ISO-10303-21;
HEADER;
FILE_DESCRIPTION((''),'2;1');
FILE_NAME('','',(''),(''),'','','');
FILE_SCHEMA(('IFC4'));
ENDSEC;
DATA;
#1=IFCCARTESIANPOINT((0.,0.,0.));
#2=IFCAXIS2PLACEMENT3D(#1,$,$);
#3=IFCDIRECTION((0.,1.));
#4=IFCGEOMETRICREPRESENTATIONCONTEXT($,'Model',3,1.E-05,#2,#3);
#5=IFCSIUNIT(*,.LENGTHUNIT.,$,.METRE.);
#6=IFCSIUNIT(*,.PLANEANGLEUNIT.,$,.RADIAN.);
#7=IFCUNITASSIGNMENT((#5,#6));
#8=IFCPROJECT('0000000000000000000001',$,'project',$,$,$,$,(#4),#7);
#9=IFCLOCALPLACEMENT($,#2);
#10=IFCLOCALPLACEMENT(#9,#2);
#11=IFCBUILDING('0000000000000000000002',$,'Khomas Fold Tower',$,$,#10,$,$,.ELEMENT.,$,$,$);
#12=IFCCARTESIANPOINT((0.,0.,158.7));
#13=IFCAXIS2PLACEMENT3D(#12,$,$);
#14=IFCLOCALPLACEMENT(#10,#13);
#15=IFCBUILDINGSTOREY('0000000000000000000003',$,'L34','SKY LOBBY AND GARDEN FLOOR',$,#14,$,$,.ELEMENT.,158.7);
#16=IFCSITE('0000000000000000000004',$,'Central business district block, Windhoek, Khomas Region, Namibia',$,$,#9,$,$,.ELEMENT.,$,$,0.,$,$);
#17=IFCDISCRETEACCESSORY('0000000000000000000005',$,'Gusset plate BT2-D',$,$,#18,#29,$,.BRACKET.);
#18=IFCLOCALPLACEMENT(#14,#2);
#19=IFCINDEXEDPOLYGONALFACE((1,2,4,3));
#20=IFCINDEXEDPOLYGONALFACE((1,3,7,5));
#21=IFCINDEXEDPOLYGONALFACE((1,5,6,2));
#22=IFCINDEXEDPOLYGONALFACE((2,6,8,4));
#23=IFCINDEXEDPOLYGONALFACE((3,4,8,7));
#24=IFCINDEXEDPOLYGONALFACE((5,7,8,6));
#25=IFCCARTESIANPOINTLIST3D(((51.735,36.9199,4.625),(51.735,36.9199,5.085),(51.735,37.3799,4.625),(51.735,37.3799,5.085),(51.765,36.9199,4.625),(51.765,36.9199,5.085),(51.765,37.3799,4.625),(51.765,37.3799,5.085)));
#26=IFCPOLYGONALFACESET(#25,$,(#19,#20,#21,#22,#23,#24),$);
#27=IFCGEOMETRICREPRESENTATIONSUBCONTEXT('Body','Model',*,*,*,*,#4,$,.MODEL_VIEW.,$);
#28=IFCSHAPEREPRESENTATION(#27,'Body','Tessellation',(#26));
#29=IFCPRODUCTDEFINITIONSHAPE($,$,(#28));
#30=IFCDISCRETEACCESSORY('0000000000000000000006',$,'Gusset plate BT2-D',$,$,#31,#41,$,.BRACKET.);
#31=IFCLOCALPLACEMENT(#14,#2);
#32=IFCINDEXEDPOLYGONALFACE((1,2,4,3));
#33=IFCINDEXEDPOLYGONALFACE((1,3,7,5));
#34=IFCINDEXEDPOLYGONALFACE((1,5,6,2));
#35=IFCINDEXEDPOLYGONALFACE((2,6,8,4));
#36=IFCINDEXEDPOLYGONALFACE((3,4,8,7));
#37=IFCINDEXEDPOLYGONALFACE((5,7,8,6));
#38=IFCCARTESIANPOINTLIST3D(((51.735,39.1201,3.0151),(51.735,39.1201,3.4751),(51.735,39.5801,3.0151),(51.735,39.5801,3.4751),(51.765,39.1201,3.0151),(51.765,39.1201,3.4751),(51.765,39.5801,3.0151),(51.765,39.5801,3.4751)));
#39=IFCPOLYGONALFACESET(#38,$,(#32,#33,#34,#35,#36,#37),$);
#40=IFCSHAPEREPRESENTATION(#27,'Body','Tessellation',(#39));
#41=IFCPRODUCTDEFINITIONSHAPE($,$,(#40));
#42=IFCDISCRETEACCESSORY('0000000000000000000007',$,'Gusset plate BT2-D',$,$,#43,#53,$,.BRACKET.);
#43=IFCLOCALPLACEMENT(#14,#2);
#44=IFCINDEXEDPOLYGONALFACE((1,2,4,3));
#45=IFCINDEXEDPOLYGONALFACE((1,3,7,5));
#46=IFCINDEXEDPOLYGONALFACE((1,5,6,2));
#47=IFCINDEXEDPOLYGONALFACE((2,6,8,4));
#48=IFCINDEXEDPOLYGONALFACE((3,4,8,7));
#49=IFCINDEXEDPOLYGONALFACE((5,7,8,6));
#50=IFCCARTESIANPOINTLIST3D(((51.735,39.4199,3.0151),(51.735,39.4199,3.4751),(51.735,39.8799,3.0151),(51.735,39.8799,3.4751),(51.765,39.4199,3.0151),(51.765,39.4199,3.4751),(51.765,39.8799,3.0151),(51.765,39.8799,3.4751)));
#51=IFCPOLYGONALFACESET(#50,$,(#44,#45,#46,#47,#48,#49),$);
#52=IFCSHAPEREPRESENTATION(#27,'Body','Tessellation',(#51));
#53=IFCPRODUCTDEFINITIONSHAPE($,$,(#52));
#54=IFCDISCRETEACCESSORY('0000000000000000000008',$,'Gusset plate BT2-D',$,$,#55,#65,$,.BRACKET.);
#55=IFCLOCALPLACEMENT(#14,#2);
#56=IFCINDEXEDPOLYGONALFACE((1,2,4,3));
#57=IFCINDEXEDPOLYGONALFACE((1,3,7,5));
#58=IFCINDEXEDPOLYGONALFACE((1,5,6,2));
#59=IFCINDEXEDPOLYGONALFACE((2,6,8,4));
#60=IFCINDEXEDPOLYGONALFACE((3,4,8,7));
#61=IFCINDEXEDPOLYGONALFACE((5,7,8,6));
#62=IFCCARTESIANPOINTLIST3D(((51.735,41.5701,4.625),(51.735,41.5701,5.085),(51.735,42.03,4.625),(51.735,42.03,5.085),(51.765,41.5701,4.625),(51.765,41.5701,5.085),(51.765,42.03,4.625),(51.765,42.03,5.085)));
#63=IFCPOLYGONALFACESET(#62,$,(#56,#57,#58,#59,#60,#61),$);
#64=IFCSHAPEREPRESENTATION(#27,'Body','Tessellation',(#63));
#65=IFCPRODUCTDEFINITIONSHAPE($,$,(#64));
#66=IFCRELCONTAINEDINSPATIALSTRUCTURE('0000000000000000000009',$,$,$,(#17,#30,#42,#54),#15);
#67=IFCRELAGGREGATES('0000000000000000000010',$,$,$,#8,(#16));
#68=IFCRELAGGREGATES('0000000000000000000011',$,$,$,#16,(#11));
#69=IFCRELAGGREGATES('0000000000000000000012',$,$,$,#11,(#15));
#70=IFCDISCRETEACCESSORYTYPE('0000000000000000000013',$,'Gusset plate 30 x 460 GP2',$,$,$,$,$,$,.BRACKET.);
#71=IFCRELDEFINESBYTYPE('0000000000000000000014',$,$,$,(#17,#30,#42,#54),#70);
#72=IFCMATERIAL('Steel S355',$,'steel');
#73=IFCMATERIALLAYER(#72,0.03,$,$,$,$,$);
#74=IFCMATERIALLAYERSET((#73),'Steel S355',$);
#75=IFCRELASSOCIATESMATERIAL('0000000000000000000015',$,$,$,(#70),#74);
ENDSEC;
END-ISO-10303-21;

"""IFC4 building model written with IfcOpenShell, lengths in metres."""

from ifc_helpers import new_model, si_unit, direction, frame, origin, origin_2d, place, context, subcontext, project, spatial, rectangle, extrude, source, transform, mapped, material, layer, layer_set, type_object, element, save


model = new_model("IFC4")

# Units and contexts
model_context = context("Model", 3, precision=1e-05, world=origin(), true_north=direction((0.0, 1.0)))
body_context = subcontext(model_context, "Body", "Model", "MODEL_VIEW")
ifc_project = project(units=[si_unit("LENGTHUNIT", "METRE"), si_unit("PLANEANGLEUNIT", "RADIAN")], contexts=[model_context])

# Site, building, storey
site_placement = place(None, origin())
site = spatial("IfcSite", under=ifc_project, at=site_placement, Name="Central business district block, Windhoek, Khomas Region, Namibia", CompositionType="ELEMENT", RefElevation=0.0)
building_placement = place(site_placement, origin())
building = spatial("IfcBuilding", under=site, at=building_placement, Name="Khomas Fold Tower", CompositionType="ELEMENT")
storey_placement = place(building_placement, frame((0.0, 0.0, 158.7)))
storey = spatial("IfcBuildingStorey", under=building, at=storey_placement, Name="L34", Description="SKY LOBBY AND GARDEN FLOOR", CompositionType="ELEMENT", Elevation=158.7)

# Discrete accessories
ifc_material_1 = material(Name="Steel S355", Category="steel")
ifc_layer_1 = layer(ifc_material_1, 0.03)
ifc_layer_set_1 = layer_set([ifc_layer_1], Name="Steel S355")
discrete_accessory_type = type_object("IfcDiscreteAccessoryType", Name="Gusset plate 30 x 460 GP2", PredefinedType="BRACKET", material=ifc_layer_set_1)
shared_shape_1 = source(origin(), body_context, "Body", "SweptSolid", [
    extrude(rectangle(XDim=0.46, YDim=0.03, at=origin_2d()), origin(), (0.0, 0.0, 1.0), 0.46),
])
for number, where, z_axis, x_axis, name in (
    (1, (51.75, 37.1499, 4.625), (0.0, 0.0, 1.0), (0.0, 1.0, 0.0), "Gusset plate BT2-D"),
    (2, (51.75, 39.3501, 3.0151), (0.0, 0.0, 1.0), (0.0, 1.0, 0.0), "Gusset plate BT2-D"),
    (3, (51.75, 39.6499, 3.0151), (0.0, 0.0, 1.0), (0.0, 1.0, 0.0), "Gusset plate BT2-D"),
    (4, (51.75, 41.8, 4.625), (0.0, 0.0, 1.0), (0.0, 1.0, 0.0), "Gusset plate BT2-D"),
):
    element("IfcDiscreteAccessory", number, at=place(storey_placement, frame(where, z_axis=z_axis, x_axis=x_axis)), inside=storey, type_object=discrete_accessory_type, Name=name, PredefinedType="BRACKET", context=body_context, shape_type="MappedRepresentation", body=[
        mapped(shared_shape_1, transform((0.0, 0.0, 0.0))),
    ])

save(model, "model.ifc")
